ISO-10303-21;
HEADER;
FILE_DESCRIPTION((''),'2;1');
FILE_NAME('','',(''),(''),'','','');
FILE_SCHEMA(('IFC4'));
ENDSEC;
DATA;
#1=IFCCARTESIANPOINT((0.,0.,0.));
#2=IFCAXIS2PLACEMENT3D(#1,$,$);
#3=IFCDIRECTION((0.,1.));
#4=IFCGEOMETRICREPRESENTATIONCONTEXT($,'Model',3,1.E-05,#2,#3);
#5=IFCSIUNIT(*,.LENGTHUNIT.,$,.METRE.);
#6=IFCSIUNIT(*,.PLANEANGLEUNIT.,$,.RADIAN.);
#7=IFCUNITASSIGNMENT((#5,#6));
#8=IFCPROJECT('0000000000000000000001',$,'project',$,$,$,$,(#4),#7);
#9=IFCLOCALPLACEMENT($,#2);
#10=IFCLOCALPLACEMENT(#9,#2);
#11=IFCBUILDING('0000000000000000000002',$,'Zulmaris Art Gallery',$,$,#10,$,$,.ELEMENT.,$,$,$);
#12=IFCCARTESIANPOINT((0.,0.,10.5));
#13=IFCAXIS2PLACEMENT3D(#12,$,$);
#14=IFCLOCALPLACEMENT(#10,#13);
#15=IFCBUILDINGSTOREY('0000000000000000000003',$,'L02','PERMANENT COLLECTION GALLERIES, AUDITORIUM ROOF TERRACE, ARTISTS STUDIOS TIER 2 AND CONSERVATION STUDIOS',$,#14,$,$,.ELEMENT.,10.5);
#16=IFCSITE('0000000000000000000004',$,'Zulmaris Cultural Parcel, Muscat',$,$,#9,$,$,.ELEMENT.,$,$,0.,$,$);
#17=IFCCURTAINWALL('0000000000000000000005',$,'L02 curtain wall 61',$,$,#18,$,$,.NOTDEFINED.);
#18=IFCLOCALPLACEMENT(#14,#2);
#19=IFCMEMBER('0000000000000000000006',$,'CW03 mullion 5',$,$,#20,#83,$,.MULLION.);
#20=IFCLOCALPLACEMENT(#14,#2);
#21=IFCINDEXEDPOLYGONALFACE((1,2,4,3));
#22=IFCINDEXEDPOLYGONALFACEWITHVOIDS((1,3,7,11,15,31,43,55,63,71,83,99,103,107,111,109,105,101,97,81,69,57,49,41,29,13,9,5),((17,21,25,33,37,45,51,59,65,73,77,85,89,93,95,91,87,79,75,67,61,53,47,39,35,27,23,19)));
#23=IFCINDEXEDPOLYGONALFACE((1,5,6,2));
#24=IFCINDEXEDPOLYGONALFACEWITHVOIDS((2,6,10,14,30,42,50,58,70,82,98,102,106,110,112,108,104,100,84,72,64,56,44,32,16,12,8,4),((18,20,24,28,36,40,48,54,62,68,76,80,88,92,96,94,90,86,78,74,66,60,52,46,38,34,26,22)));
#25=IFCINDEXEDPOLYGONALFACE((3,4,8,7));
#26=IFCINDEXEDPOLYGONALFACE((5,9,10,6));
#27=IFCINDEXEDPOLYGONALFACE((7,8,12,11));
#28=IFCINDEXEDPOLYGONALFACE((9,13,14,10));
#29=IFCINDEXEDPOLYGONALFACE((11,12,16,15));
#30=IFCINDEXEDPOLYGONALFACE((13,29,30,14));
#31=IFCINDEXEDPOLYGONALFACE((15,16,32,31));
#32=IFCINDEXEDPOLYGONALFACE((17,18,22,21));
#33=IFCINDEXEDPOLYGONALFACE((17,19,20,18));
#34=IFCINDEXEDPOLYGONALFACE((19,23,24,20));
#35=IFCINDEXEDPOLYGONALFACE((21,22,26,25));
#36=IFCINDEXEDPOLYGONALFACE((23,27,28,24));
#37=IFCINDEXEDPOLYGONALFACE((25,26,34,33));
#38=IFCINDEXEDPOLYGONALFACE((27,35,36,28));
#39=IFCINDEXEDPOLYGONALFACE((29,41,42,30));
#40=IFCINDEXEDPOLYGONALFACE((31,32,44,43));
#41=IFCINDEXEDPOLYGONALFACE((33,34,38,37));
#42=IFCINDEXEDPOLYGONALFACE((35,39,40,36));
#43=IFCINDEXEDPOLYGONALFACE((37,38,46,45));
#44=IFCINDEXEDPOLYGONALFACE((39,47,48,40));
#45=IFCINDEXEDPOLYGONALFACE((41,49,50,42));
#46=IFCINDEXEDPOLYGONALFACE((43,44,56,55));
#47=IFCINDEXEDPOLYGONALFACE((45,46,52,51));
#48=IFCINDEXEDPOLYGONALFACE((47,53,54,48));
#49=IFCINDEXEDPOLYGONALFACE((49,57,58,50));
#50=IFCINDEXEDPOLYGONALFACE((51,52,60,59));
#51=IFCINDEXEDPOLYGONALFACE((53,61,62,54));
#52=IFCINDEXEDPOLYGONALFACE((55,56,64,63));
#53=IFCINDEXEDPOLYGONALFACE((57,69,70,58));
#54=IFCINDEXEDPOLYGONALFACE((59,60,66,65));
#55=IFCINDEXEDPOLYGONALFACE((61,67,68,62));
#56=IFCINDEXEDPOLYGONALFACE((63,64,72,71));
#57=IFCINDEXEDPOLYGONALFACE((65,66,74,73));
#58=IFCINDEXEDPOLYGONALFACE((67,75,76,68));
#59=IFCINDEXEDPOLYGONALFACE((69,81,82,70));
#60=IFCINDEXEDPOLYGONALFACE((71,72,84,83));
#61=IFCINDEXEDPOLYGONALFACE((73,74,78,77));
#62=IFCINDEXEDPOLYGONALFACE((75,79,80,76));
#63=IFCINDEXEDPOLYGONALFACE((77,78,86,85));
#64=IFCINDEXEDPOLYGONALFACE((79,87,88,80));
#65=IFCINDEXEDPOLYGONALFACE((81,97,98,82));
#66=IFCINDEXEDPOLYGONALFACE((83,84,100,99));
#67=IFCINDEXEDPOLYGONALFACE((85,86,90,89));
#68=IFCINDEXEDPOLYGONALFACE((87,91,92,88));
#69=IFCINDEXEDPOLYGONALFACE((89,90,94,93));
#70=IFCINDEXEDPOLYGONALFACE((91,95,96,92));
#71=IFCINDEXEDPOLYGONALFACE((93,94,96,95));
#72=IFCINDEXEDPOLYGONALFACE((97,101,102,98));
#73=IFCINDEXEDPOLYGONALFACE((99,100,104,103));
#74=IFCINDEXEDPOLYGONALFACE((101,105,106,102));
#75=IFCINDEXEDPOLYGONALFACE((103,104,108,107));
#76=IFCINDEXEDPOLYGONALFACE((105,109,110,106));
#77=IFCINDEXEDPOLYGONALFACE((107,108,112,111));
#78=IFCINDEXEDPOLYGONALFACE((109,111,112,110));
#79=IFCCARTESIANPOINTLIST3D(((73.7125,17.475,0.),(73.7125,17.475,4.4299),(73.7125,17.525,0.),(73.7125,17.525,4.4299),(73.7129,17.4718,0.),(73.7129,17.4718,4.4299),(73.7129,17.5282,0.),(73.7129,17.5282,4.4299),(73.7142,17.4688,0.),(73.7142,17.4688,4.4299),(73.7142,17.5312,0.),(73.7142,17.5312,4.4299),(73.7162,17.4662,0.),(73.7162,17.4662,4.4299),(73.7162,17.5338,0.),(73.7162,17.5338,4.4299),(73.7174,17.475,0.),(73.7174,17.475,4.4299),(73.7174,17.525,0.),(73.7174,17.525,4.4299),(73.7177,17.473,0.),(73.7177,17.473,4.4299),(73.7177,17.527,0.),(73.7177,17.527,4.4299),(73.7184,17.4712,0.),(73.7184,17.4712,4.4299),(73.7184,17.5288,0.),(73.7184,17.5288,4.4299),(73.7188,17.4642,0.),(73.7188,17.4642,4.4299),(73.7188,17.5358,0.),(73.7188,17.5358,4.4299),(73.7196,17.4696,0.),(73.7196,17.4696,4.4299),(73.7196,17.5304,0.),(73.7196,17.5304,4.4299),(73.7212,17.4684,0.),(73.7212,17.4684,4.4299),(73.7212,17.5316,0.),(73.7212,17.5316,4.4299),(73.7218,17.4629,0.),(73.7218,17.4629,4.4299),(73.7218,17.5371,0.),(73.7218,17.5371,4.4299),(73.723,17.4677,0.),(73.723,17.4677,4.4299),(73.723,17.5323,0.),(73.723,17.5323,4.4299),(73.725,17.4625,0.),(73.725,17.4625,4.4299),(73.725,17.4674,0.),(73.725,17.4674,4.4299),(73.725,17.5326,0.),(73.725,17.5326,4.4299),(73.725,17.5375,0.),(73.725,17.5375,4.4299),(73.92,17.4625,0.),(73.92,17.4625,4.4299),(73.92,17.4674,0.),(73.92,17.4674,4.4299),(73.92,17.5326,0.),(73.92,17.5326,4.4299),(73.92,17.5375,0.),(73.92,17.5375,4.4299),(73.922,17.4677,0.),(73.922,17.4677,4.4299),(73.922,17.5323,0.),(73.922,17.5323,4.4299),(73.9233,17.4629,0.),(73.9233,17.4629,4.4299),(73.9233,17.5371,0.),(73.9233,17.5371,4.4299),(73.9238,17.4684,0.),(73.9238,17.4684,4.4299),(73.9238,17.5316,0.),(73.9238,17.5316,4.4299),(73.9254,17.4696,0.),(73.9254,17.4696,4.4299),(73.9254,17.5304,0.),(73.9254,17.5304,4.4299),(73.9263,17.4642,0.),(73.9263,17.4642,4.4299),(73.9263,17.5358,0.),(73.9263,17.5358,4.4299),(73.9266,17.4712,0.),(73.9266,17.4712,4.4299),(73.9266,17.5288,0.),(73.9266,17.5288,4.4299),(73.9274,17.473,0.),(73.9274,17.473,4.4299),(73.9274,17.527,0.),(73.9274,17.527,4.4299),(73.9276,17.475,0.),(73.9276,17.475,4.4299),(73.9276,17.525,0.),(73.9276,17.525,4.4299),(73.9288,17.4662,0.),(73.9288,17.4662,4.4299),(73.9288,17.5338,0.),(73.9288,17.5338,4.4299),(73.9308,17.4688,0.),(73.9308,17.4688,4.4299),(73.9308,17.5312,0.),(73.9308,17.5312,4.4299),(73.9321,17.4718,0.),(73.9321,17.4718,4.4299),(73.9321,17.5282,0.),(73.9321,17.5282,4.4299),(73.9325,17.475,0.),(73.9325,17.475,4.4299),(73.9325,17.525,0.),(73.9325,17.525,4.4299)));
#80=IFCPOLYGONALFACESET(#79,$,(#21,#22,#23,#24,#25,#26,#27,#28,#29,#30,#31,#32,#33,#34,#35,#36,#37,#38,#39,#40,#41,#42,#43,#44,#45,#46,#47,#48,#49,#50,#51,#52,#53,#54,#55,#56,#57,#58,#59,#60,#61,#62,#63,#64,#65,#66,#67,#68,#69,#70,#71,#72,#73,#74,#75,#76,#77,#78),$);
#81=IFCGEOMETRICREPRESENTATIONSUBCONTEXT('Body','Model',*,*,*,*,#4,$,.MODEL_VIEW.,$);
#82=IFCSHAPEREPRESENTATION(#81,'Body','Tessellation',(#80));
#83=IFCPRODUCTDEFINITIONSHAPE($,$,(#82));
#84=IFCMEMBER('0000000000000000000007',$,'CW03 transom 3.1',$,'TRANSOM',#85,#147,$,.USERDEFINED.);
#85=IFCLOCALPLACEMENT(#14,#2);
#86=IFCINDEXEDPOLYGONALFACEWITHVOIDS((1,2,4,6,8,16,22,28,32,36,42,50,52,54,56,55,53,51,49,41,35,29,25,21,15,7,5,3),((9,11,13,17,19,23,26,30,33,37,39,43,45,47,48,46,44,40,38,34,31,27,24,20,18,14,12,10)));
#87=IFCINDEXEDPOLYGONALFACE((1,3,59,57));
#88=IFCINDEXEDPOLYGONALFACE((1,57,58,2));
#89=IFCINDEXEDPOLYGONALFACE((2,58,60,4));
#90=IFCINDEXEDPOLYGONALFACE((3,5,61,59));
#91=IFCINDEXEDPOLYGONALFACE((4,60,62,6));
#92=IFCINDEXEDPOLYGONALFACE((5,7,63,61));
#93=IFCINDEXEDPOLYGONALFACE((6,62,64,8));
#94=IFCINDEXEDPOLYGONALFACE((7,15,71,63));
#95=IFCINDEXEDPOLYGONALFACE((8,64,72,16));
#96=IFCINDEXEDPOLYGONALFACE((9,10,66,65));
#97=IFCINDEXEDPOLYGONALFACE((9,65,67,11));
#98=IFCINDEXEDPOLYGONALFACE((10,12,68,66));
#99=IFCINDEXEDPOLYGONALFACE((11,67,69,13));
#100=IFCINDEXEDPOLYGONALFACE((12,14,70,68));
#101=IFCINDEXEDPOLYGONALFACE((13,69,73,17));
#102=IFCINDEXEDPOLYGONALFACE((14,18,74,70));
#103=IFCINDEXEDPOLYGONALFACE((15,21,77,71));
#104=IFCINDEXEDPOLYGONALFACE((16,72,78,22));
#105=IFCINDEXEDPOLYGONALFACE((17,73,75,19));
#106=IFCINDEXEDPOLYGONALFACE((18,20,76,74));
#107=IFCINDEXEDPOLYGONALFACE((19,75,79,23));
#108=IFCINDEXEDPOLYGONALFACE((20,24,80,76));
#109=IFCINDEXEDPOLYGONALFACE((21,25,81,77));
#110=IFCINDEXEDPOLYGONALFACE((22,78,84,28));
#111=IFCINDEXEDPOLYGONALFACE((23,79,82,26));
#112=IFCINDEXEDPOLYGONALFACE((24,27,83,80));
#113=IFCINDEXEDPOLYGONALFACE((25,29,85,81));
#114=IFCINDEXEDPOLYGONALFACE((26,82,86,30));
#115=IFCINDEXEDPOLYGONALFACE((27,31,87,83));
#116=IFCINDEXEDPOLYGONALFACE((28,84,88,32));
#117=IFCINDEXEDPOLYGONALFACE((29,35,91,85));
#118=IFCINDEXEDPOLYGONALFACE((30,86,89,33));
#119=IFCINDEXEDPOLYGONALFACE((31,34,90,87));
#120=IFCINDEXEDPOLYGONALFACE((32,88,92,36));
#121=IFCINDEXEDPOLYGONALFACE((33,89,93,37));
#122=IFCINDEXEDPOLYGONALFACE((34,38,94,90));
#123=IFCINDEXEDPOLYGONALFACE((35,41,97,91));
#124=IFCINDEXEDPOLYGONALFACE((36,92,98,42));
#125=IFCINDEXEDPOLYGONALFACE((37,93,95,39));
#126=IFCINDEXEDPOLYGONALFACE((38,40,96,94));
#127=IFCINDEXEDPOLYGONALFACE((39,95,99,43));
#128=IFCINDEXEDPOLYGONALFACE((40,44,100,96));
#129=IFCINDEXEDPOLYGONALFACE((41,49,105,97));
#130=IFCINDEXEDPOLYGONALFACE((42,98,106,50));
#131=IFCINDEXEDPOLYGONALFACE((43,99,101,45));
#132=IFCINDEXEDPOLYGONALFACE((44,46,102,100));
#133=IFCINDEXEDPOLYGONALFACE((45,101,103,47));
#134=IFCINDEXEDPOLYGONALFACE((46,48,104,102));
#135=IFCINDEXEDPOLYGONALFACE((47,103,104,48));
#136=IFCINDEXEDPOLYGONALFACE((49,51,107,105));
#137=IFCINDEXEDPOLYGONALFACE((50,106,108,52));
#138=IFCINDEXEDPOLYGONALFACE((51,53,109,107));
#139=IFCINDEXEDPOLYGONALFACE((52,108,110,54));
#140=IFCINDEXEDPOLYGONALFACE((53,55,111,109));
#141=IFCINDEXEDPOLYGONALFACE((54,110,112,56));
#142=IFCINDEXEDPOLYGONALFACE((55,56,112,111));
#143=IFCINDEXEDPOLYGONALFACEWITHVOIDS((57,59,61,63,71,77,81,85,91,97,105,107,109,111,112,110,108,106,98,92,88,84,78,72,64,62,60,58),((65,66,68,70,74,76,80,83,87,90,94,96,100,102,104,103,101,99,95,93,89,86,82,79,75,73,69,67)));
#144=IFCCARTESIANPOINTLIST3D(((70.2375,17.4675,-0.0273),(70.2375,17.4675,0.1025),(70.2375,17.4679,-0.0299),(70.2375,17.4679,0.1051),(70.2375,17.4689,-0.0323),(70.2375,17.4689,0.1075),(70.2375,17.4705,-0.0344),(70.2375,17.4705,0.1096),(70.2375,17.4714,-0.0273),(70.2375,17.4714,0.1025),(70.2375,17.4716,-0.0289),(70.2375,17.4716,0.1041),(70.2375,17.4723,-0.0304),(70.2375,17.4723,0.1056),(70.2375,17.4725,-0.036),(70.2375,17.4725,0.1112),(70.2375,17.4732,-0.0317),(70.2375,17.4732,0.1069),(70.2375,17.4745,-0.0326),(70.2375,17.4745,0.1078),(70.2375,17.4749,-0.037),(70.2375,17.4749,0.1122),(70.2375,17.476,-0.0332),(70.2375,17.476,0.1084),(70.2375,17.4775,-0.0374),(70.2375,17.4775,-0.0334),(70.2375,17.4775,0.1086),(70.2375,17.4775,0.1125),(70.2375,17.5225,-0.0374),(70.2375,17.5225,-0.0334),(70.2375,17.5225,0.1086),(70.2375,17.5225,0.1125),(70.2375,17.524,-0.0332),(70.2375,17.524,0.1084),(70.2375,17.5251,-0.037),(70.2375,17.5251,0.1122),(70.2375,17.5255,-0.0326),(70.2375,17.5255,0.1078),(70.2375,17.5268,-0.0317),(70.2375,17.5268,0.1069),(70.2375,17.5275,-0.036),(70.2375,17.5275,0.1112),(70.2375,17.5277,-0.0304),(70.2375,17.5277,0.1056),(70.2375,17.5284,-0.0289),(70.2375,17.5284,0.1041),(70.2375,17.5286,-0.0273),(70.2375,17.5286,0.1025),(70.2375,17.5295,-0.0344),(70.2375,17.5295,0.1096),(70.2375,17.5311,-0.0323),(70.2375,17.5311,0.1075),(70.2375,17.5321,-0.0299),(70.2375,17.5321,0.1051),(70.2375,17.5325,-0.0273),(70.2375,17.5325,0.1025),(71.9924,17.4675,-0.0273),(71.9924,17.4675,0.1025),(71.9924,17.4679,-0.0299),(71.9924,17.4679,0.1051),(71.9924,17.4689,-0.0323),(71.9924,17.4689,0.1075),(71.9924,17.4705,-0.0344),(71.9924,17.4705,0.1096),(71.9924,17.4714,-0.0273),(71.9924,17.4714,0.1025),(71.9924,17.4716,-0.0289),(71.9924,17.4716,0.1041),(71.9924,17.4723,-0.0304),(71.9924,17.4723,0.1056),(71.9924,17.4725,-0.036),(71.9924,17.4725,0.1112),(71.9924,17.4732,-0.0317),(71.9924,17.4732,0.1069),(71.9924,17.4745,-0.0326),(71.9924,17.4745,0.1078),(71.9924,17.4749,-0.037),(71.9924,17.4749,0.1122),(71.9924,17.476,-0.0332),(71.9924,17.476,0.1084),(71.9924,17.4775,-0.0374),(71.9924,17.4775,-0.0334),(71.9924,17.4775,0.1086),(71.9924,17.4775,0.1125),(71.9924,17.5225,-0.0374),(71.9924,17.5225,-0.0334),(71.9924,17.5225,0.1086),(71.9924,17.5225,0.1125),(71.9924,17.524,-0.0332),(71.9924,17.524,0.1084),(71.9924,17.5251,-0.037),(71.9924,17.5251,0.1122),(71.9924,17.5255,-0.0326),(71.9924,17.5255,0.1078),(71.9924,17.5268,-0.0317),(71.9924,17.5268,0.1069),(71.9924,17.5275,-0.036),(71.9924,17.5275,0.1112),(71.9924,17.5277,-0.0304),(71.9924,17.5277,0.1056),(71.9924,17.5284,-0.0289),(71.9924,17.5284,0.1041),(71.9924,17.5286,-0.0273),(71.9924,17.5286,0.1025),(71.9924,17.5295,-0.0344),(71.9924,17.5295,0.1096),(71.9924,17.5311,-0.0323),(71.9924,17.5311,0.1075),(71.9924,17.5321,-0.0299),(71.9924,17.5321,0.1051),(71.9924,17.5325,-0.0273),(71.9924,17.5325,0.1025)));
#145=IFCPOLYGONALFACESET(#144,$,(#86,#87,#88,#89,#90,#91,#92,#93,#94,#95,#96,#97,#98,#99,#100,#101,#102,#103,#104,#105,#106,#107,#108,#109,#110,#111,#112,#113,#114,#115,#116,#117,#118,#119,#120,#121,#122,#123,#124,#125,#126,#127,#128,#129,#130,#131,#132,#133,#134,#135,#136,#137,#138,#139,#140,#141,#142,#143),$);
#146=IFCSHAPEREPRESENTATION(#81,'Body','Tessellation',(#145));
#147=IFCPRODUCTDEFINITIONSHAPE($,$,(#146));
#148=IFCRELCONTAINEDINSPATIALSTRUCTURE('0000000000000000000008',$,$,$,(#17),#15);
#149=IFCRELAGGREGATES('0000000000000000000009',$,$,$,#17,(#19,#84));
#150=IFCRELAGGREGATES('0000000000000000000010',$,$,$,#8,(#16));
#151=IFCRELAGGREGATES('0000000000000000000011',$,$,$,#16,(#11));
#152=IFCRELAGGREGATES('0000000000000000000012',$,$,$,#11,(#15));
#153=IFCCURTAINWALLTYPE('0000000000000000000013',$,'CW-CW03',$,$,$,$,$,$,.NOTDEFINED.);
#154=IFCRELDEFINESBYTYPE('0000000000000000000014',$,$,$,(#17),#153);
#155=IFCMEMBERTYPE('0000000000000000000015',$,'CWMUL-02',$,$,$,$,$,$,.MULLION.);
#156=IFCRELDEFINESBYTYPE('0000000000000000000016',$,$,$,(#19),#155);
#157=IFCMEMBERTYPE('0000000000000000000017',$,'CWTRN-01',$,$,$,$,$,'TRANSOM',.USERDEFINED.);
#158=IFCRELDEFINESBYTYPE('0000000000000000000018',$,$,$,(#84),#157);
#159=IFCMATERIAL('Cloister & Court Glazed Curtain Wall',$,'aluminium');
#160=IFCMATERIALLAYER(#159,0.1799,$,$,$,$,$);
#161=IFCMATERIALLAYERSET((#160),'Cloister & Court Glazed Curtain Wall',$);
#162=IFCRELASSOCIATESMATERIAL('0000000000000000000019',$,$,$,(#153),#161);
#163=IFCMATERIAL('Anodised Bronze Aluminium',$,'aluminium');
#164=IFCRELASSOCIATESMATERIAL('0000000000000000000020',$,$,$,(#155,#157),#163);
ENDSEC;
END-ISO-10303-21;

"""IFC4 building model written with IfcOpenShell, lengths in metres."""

from ifc_helpers import new_model, si_unit, direction, frame, origin, origin_2d, place, context, subcontext, project, spatial, hollow_rectangle, extrude, material, layer, layer_set, material_profile, profile_set, type_object, element, aggregate, save


model = new_model("IFC4")

# Units and contexts
model_context = context("Model", 3, precision=1e-05, world=origin(), true_north=direction((0.0, 1.0)))
body_context = subcontext(model_context, "Body", "Model", "MODEL_VIEW")
ifc_project = project(units=[si_unit("LENGTHUNIT", "METRE"), si_unit("PLANEANGLEUNIT", "RADIAN")], contexts=[model_context])

# Site, building, storey
site_placement = place(None, origin())
site = spatial("IfcSite", under=ifc_project, at=site_placement, Name="Zulmaris Cultural Parcel, Muscat", CompositionType="ELEMENT", RefElevation=0.0)
building_placement = place(site_placement, origin())
building = spatial("IfcBuilding", under=site, at=building_placement, Name="Zulmaris Art Gallery", CompositionType="ELEMENT")
storey_placement = place(building_placement, frame((0.0, 0.0, 10.5)))
storey = spatial("IfcBuildingStorey", under=building, at=storey_placement, Name="L02", Description="PERMANENT COLLECTION GALLERIES, AUDITORIUM ROOF TERRACE, ARTISTS STUDIOS TIER 2 AND CONSERVATION STUDIOS", CompositionType="ELEMENT", Elevation=10.5)

# Curtain wall, members
ifc_material_1 = material(Name="Cloister & Court Glazed Curtain Wall", Category="aluminium")
ifc_layer_1 = layer(ifc_material_1, 0.1799)
ifc_layer_set_1 = layer_set([ifc_layer_1], Name="Cloister & Court Glazed Curtain Wall")
curtain_wall_type = type_object("IfcCurtainWallType", Name="CW-CW03", PredefinedType="NOTDEFINED", material=ifc_layer_set_1)
curtain_wall_placement = place(storey_placement, origin())
curtain_wall = element("IfcCurtainWall", 1, at=curtain_wall_placement, inside=storey, type_object=curtain_wall_type, Name="L02 curtain wall 61", PredefinedType="NOTDEFINED")
ifc_material_2 = material(Name="Anodised Bronze Aluminium", Category="aluminium")
ifc_material_profile_1 = material_profile(ifc_material_2, hollow_rectangle(XDim=0.075, YDim=0.22, WallThickness=0.0049, InnerFilletRadius=0.0076, OuterFilletRadius=0.0125, at=origin_2d()), Name="ALU 75x220x5")
ifc_profile_set_1 = profile_set([ifc_material_profile_1], Name="Anodised Bronze Aluminium")
member_type_1 = type_object("IfcMemberType", Name="CWMUL-02", PredefinedType="MULLION", material=ifc_profile_set_1)
member_1_placement = place(storey_placement, frame((73.8225, 17.5, 0.0), z_axis=(0.0, 0.0, 1.0), x_axis=(0.0, 1.0, 0.0)))
member_1 = element("IfcMember", 2, at=member_1_placement, type_object=member_type_1, Name="CW03 mullion 5", PredefinedType="MULLION", context=body_context, shape_type="SweptSolid", body=[
    extrude(hollow_rectangle(XDim=0.075, YDim=0.22, WallThickness=0.0049, InnerFilletRadius=0.0076, OuterFilletRadius=0.0125, at=origin_2d()), origin(), (0.0, 0.0, 1.0), 4.4299),
])
ifc_material_profile_2 = material_profile(ifc_material_2, hollow_rectangle(XDim=0.0649, YDim=0.1499, WallThickness=0.0039, InnerFilletRadius=0.0061, OuterFilletRadius=0.01, at=origin_2d()), Name="ALU 65x150x4")
ifc_profile_set_2 = profile_set([ifc_material_profile_2], Name="Anodised Bronze Aluminium")
member_type_2 = type_object("IfcMemberType", Name="CWTRN-01", ElementType="TRANSOM", PredefinedType="USERDEFINED", material=ifc_profile_set_2)
member_2_placement = place(storey_placement, frame((70.2375, 17.5, 0.0376), z_axis=(1.0, 0.0, 0.0), x_axis=(0.0, 1.0, 0.0)))
member_2 = element("IfcMember", 3, at=member_2_placement, type_object=member_type_2, Name="CW03 transom 3.1", ObjectType="TRANSOM", PredefinedType="USERDEFINED", context=body_context, shape_type="SweptSolid", body=[
    extrude(hollow_rectangle(XDim=0.0649, YDim=0.1499, WallThickness=0.0039, InnerFilletRadius=0.0061, OuterFilletRadius=0.01, at=origin_2d()), origin(), (0.0, 0.0, 1.0), 1.7549),
])
aggregate(curtain_wall, [member_1, member_2])

save(model, "model.ifc")
